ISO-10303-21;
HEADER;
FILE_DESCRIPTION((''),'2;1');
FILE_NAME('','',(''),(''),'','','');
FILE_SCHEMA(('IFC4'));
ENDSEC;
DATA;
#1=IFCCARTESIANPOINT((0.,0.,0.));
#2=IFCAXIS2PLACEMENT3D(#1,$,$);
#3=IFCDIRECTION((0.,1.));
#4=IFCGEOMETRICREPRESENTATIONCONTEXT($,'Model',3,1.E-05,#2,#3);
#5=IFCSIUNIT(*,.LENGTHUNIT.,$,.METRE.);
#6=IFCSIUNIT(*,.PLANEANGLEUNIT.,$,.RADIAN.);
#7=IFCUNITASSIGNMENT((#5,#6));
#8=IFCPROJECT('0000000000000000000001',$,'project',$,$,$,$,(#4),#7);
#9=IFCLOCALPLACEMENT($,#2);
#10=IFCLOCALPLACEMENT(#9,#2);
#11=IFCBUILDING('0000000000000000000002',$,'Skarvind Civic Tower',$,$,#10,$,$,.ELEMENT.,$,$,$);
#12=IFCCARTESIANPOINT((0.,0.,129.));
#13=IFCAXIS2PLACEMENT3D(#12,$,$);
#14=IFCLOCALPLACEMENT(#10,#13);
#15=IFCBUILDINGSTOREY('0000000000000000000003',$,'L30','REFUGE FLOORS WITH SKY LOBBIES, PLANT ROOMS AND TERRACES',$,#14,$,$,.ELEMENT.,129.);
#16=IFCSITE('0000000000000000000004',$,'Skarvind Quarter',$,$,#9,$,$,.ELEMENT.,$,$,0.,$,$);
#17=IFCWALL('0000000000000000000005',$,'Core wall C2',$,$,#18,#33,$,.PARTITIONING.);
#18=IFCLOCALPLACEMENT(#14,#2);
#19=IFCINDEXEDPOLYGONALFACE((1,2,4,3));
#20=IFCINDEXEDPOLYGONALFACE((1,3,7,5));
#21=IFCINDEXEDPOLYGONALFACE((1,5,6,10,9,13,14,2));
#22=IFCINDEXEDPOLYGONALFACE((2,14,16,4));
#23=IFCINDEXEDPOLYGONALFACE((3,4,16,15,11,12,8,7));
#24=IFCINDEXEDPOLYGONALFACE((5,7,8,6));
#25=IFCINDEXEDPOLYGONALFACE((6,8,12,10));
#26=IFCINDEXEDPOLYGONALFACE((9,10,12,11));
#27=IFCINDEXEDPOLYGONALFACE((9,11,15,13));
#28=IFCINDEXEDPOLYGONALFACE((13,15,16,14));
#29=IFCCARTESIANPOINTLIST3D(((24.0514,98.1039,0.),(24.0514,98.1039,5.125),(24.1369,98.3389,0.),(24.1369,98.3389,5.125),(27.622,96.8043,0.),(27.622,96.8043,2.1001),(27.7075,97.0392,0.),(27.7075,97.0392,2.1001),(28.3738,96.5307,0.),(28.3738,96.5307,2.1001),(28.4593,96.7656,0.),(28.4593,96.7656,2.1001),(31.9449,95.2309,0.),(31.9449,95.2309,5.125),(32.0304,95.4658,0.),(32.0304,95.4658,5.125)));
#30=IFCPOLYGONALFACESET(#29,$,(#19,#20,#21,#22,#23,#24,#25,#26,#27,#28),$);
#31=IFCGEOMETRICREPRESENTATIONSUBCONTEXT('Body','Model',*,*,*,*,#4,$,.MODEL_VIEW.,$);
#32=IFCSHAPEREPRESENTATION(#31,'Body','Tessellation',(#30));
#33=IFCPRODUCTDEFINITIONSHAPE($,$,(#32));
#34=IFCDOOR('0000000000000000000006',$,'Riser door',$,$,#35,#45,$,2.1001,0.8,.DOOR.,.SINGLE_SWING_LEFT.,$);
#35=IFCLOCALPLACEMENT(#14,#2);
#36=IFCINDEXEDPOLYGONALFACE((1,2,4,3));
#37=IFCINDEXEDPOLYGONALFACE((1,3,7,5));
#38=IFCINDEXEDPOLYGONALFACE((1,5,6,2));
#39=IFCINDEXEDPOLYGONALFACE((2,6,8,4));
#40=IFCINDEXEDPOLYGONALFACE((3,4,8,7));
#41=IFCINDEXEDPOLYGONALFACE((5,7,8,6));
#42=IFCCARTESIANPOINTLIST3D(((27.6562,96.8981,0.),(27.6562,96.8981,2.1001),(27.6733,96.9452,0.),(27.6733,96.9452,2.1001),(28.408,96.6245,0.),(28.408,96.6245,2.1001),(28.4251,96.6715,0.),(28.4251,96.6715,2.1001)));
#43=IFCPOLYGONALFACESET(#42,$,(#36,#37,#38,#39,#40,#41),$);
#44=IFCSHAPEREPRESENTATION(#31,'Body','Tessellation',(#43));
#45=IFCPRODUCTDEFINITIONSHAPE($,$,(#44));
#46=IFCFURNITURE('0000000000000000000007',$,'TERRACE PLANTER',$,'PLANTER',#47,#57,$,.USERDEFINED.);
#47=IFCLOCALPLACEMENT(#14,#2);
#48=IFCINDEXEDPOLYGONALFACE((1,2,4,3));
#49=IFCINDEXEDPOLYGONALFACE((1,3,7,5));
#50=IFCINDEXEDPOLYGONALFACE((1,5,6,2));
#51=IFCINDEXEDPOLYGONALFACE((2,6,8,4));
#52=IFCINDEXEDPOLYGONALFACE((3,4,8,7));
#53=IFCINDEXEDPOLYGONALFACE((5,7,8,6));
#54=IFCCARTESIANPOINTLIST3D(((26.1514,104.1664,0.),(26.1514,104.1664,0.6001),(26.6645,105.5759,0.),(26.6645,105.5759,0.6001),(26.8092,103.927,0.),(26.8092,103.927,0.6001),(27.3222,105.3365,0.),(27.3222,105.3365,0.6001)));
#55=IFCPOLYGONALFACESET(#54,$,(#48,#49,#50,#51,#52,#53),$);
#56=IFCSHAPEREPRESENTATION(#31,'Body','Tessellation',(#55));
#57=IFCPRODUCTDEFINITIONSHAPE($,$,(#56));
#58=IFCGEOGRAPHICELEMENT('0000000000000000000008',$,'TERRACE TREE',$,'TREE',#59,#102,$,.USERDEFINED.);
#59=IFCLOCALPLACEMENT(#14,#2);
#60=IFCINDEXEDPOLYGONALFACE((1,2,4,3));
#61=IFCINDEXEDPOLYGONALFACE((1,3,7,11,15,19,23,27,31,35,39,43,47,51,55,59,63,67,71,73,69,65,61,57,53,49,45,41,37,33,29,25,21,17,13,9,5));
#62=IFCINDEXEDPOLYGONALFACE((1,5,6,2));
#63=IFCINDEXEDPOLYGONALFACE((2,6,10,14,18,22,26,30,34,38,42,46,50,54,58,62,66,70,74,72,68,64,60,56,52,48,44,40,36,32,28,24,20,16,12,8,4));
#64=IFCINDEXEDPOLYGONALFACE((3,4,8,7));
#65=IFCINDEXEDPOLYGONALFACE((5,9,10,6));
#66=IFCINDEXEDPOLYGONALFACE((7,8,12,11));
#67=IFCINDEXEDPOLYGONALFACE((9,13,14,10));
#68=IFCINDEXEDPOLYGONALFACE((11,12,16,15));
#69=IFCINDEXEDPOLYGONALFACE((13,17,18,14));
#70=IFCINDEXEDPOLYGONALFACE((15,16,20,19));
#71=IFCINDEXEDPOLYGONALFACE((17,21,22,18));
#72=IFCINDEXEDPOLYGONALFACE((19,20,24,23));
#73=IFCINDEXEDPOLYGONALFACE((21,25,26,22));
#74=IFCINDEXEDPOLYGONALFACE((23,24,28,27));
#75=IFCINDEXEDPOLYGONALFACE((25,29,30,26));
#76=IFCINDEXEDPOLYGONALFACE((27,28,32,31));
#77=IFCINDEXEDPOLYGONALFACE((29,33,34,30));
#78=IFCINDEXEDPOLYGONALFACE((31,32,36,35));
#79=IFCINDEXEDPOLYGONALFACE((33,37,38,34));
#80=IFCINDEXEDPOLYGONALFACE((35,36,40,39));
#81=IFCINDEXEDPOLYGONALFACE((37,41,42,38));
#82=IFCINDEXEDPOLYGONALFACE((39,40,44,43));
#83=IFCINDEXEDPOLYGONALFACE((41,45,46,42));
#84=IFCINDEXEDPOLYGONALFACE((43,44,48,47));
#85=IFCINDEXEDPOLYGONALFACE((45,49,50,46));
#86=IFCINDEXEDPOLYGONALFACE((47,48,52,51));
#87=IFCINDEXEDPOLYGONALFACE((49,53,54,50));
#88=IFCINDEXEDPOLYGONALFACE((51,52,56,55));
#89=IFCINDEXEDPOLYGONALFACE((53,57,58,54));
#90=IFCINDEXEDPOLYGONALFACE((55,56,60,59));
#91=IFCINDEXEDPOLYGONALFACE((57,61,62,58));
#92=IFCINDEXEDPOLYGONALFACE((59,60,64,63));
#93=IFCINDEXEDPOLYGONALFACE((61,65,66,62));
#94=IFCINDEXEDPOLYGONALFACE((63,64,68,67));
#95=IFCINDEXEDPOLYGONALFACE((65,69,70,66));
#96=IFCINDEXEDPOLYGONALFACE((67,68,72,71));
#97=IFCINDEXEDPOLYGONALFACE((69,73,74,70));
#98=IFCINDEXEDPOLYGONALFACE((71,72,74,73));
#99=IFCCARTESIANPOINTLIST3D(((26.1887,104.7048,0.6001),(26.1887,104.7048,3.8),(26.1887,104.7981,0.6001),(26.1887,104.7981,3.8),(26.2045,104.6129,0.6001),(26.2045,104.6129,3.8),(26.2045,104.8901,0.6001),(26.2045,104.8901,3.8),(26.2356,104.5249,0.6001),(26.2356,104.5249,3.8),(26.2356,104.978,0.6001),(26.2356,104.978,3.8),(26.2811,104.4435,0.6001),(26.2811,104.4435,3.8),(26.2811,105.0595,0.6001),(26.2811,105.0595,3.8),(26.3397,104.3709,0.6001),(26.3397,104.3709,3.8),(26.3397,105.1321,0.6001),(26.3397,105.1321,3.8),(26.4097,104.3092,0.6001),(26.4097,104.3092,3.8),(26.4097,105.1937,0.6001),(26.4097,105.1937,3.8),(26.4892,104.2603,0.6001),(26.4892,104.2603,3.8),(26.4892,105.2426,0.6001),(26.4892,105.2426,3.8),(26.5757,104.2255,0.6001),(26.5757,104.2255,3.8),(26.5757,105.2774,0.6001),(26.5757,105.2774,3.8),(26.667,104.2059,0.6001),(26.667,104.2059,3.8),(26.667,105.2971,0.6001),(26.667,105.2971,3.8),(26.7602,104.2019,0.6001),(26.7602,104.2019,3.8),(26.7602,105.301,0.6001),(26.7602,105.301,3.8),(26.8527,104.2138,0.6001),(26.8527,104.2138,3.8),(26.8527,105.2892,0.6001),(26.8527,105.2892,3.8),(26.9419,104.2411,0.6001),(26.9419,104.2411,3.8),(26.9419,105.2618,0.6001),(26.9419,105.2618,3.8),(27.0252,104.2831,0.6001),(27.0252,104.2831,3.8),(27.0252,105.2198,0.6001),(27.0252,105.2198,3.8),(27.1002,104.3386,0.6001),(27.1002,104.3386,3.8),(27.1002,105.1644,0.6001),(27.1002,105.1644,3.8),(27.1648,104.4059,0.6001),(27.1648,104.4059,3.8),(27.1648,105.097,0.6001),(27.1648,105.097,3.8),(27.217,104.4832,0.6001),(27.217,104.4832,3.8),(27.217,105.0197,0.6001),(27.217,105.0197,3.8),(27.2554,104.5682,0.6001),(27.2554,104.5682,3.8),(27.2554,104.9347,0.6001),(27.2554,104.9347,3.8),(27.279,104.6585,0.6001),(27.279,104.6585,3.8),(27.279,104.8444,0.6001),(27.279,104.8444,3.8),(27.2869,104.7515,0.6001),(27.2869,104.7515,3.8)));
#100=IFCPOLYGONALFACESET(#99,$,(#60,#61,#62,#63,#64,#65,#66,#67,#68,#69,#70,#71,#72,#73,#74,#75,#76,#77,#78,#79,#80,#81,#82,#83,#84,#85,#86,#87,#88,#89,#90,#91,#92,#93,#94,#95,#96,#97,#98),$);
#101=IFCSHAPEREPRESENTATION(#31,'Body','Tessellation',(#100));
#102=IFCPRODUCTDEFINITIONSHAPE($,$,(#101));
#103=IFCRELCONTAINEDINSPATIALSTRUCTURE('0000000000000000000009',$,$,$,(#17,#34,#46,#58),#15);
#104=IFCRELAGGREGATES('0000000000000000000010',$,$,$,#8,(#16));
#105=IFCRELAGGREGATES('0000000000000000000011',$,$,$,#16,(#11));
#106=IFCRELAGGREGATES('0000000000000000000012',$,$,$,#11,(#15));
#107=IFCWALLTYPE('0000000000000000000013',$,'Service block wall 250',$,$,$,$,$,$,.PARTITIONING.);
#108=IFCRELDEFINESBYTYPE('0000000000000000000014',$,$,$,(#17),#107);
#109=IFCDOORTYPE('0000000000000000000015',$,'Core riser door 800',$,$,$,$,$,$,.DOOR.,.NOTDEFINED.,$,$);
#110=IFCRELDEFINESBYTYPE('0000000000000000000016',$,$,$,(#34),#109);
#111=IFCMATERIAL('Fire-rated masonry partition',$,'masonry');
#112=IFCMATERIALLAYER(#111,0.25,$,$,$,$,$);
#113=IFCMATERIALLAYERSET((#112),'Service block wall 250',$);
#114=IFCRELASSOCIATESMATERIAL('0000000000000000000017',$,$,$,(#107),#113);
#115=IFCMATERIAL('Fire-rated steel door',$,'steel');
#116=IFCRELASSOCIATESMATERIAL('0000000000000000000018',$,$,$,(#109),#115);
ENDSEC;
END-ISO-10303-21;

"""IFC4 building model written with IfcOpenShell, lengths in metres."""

from ifc_helpers import new_model, si_unit, direction, frame, frame_2d, origin, origin_2d, place, context, subcontext, project, spatial, rectangle, circle, extrude, material, layer, layer_set, type_object, element, fill, save


model = new_model("IFC4")

# Units and contexts
model_context = context("Model", 3, precision=1e-05, world=origin(), true_north=direction((0.0, 1.0)))
body_context = subcontext(model_context, "Body", "Model", "MODEL_VIEW")
ifc_project = project(units=[si_unit("LENGTHUNIT", "METRE"), si_unit("PLANEANGLEUNIT", "RADIAN")], contexts=[model_context])

# Site, building, storey
site_placement = place(None, origin())
site = spatial("IfcSite", under=ifc_project, at=site_placement, Name="Skarvind Quarter", CompositionType="ELEMENT", RefElevation=0.0)
building_placement = place(site_placement, origin())
building = spatial("IfcBuilding", under=site, at=building_placement, Name="Skarvind Civic Tower", CompositionType="ELEMENT")
storey_placement = place(building_placement, frame((0.0, 0.0, 129.0)))
storey = spatial("IfcBuildingStorey", under=building, at=storey_placement, Name="L30", Description="REFUGE FLOORS WITH SKY LOBBIES, PLANT ROOMS AND TERRACES", CompositionType="ELEMENT", Elevation=129.0)

# Wall, opening, door
ifc_material_1 = material(Name="Fire-rated masonry partition", Category="masonry")
ifc_material_2 = material(Name="Fire-rated steel door", Category="steel")
ifc_layer_1 = layer(ifc_material_1, 0.25)
ifc_layer_set_1 = layer_set([ifc_layer_1], Name="Service block wall 250")
wall_type_1 = type_object("IfcWallType", Name="Service block wall 250", PredefinedType="PARTITIONING", material=ifc_layer_set_1)
wall_1_placement = place(storey_placement, frame((24.094, 98.2214, 0.0), z_axis=(0.0, 0.0, 1.0), x_axis=(0.939692, -0.342023, 0.0)))
wall_1 = element("IfcWall", 1, at=wall_1_placement, inside=storey, type_object=wall_type_1, Name="Core wall C2", PredefinedType="PARTITIONING", context=body_context, shape_type="SweptSolid", body=[
    extrude(rectangle(XDim=8.4001, YDim=0.25, at=frame_2d((4.2002, 0.0))), origin(), (0.0, 0.0, 1.0), 5.125),
])
opening_1_placement = place(wall_1_placement, frame((3.8, 0.0, 0.0)))
opening_1 = element("IfcOpeningElement", 2, at=opening_1_placement, cuts=wall_1, PredefinedType="OPENING", context=body_context, shape_type="SweptSolid", body=[
    extrude(rectangle(XDim=0.8, YDim=2.1001, at=frame_2d((0.3999, 1.05))), frame((0.0, 0.135, 0.0), z_axis=(0.0, -1.0, 0.0), x_axis=(1.0, 0.0, 0.0)), (0.0, 0.0, 1.0), 0.27),
])
door_type_1 = type_object("IfcDoorType", Name="Core riser door 800", OperationType="NOTDEFINED", PredefinedType="DOOR", material=ifc_material_2)
door_1_placement = place(opening_1_placement, origin())
door_1 = element("IfcDoor", 3, at=door_1_placement, inside=storey, type_object=door_type_1, Name="Riser door", OperationType="SINGLE_SWING_LEFT", OverallHeight=2.1001, OverallWidth=0.8, PredefinedType="DOOR", context=body_context, shape_type="SweptSolid", body=[
    extrude(rectangle(XDim=0.8, YDim=2.1001, at=frame_2d((0.3999, 1.05))), frame((0.0, 0.0249, 0.0), z_axis=(0.0, -1.0, 0.0), x_axis=(1.0, 0.0, 0.0)), (0.0, 0.0, 1.0), 0.05),
])
fill(opening_1, door_1)

# Furniture
furniture_placement = place(storey_placement, frame((26.7368, 104.7515, 0.0), z_axis=(0.0, 0.0, 1.0), x_axis=(0.34202, 0.939693, 0.0)))
element("IfcFurniture", 4, at=furniture_placement, inside=storey, Name="TERRACE PLANTER", ObjectType="PLANTER", PredefinedType="USERDEFINED", context=body_context, shape_type="SweptSolid", body=[
    extrude(rectangle(XDim=1.5, YDim=0.7, at=origin_2d()), origin(), (0.0, 0.0, 1.0), 0.6001),
])

# Geographic element
geographic_element_placement = place(storey_placement, frame((26.7368, 104.7515, 0.6001), z_axis=(0.0, 0.0, 1.0), x_axis=(1.0, 0.0, 0.0)))
element("IfcGeographicElement", 5, at=geographic_element_placement, inside=storey, Name="TERRACE TREE", ObjectType="TREE", PredefinedType="USERDEFINED", context=body_context, shape_type="SweptSolid", body=[
    extrude(circle(Radius=0.55, at=origin_2d()), origin(), (0.0, 0.0, 1.0), 3.2),
])

save(model, "model.ifc")
